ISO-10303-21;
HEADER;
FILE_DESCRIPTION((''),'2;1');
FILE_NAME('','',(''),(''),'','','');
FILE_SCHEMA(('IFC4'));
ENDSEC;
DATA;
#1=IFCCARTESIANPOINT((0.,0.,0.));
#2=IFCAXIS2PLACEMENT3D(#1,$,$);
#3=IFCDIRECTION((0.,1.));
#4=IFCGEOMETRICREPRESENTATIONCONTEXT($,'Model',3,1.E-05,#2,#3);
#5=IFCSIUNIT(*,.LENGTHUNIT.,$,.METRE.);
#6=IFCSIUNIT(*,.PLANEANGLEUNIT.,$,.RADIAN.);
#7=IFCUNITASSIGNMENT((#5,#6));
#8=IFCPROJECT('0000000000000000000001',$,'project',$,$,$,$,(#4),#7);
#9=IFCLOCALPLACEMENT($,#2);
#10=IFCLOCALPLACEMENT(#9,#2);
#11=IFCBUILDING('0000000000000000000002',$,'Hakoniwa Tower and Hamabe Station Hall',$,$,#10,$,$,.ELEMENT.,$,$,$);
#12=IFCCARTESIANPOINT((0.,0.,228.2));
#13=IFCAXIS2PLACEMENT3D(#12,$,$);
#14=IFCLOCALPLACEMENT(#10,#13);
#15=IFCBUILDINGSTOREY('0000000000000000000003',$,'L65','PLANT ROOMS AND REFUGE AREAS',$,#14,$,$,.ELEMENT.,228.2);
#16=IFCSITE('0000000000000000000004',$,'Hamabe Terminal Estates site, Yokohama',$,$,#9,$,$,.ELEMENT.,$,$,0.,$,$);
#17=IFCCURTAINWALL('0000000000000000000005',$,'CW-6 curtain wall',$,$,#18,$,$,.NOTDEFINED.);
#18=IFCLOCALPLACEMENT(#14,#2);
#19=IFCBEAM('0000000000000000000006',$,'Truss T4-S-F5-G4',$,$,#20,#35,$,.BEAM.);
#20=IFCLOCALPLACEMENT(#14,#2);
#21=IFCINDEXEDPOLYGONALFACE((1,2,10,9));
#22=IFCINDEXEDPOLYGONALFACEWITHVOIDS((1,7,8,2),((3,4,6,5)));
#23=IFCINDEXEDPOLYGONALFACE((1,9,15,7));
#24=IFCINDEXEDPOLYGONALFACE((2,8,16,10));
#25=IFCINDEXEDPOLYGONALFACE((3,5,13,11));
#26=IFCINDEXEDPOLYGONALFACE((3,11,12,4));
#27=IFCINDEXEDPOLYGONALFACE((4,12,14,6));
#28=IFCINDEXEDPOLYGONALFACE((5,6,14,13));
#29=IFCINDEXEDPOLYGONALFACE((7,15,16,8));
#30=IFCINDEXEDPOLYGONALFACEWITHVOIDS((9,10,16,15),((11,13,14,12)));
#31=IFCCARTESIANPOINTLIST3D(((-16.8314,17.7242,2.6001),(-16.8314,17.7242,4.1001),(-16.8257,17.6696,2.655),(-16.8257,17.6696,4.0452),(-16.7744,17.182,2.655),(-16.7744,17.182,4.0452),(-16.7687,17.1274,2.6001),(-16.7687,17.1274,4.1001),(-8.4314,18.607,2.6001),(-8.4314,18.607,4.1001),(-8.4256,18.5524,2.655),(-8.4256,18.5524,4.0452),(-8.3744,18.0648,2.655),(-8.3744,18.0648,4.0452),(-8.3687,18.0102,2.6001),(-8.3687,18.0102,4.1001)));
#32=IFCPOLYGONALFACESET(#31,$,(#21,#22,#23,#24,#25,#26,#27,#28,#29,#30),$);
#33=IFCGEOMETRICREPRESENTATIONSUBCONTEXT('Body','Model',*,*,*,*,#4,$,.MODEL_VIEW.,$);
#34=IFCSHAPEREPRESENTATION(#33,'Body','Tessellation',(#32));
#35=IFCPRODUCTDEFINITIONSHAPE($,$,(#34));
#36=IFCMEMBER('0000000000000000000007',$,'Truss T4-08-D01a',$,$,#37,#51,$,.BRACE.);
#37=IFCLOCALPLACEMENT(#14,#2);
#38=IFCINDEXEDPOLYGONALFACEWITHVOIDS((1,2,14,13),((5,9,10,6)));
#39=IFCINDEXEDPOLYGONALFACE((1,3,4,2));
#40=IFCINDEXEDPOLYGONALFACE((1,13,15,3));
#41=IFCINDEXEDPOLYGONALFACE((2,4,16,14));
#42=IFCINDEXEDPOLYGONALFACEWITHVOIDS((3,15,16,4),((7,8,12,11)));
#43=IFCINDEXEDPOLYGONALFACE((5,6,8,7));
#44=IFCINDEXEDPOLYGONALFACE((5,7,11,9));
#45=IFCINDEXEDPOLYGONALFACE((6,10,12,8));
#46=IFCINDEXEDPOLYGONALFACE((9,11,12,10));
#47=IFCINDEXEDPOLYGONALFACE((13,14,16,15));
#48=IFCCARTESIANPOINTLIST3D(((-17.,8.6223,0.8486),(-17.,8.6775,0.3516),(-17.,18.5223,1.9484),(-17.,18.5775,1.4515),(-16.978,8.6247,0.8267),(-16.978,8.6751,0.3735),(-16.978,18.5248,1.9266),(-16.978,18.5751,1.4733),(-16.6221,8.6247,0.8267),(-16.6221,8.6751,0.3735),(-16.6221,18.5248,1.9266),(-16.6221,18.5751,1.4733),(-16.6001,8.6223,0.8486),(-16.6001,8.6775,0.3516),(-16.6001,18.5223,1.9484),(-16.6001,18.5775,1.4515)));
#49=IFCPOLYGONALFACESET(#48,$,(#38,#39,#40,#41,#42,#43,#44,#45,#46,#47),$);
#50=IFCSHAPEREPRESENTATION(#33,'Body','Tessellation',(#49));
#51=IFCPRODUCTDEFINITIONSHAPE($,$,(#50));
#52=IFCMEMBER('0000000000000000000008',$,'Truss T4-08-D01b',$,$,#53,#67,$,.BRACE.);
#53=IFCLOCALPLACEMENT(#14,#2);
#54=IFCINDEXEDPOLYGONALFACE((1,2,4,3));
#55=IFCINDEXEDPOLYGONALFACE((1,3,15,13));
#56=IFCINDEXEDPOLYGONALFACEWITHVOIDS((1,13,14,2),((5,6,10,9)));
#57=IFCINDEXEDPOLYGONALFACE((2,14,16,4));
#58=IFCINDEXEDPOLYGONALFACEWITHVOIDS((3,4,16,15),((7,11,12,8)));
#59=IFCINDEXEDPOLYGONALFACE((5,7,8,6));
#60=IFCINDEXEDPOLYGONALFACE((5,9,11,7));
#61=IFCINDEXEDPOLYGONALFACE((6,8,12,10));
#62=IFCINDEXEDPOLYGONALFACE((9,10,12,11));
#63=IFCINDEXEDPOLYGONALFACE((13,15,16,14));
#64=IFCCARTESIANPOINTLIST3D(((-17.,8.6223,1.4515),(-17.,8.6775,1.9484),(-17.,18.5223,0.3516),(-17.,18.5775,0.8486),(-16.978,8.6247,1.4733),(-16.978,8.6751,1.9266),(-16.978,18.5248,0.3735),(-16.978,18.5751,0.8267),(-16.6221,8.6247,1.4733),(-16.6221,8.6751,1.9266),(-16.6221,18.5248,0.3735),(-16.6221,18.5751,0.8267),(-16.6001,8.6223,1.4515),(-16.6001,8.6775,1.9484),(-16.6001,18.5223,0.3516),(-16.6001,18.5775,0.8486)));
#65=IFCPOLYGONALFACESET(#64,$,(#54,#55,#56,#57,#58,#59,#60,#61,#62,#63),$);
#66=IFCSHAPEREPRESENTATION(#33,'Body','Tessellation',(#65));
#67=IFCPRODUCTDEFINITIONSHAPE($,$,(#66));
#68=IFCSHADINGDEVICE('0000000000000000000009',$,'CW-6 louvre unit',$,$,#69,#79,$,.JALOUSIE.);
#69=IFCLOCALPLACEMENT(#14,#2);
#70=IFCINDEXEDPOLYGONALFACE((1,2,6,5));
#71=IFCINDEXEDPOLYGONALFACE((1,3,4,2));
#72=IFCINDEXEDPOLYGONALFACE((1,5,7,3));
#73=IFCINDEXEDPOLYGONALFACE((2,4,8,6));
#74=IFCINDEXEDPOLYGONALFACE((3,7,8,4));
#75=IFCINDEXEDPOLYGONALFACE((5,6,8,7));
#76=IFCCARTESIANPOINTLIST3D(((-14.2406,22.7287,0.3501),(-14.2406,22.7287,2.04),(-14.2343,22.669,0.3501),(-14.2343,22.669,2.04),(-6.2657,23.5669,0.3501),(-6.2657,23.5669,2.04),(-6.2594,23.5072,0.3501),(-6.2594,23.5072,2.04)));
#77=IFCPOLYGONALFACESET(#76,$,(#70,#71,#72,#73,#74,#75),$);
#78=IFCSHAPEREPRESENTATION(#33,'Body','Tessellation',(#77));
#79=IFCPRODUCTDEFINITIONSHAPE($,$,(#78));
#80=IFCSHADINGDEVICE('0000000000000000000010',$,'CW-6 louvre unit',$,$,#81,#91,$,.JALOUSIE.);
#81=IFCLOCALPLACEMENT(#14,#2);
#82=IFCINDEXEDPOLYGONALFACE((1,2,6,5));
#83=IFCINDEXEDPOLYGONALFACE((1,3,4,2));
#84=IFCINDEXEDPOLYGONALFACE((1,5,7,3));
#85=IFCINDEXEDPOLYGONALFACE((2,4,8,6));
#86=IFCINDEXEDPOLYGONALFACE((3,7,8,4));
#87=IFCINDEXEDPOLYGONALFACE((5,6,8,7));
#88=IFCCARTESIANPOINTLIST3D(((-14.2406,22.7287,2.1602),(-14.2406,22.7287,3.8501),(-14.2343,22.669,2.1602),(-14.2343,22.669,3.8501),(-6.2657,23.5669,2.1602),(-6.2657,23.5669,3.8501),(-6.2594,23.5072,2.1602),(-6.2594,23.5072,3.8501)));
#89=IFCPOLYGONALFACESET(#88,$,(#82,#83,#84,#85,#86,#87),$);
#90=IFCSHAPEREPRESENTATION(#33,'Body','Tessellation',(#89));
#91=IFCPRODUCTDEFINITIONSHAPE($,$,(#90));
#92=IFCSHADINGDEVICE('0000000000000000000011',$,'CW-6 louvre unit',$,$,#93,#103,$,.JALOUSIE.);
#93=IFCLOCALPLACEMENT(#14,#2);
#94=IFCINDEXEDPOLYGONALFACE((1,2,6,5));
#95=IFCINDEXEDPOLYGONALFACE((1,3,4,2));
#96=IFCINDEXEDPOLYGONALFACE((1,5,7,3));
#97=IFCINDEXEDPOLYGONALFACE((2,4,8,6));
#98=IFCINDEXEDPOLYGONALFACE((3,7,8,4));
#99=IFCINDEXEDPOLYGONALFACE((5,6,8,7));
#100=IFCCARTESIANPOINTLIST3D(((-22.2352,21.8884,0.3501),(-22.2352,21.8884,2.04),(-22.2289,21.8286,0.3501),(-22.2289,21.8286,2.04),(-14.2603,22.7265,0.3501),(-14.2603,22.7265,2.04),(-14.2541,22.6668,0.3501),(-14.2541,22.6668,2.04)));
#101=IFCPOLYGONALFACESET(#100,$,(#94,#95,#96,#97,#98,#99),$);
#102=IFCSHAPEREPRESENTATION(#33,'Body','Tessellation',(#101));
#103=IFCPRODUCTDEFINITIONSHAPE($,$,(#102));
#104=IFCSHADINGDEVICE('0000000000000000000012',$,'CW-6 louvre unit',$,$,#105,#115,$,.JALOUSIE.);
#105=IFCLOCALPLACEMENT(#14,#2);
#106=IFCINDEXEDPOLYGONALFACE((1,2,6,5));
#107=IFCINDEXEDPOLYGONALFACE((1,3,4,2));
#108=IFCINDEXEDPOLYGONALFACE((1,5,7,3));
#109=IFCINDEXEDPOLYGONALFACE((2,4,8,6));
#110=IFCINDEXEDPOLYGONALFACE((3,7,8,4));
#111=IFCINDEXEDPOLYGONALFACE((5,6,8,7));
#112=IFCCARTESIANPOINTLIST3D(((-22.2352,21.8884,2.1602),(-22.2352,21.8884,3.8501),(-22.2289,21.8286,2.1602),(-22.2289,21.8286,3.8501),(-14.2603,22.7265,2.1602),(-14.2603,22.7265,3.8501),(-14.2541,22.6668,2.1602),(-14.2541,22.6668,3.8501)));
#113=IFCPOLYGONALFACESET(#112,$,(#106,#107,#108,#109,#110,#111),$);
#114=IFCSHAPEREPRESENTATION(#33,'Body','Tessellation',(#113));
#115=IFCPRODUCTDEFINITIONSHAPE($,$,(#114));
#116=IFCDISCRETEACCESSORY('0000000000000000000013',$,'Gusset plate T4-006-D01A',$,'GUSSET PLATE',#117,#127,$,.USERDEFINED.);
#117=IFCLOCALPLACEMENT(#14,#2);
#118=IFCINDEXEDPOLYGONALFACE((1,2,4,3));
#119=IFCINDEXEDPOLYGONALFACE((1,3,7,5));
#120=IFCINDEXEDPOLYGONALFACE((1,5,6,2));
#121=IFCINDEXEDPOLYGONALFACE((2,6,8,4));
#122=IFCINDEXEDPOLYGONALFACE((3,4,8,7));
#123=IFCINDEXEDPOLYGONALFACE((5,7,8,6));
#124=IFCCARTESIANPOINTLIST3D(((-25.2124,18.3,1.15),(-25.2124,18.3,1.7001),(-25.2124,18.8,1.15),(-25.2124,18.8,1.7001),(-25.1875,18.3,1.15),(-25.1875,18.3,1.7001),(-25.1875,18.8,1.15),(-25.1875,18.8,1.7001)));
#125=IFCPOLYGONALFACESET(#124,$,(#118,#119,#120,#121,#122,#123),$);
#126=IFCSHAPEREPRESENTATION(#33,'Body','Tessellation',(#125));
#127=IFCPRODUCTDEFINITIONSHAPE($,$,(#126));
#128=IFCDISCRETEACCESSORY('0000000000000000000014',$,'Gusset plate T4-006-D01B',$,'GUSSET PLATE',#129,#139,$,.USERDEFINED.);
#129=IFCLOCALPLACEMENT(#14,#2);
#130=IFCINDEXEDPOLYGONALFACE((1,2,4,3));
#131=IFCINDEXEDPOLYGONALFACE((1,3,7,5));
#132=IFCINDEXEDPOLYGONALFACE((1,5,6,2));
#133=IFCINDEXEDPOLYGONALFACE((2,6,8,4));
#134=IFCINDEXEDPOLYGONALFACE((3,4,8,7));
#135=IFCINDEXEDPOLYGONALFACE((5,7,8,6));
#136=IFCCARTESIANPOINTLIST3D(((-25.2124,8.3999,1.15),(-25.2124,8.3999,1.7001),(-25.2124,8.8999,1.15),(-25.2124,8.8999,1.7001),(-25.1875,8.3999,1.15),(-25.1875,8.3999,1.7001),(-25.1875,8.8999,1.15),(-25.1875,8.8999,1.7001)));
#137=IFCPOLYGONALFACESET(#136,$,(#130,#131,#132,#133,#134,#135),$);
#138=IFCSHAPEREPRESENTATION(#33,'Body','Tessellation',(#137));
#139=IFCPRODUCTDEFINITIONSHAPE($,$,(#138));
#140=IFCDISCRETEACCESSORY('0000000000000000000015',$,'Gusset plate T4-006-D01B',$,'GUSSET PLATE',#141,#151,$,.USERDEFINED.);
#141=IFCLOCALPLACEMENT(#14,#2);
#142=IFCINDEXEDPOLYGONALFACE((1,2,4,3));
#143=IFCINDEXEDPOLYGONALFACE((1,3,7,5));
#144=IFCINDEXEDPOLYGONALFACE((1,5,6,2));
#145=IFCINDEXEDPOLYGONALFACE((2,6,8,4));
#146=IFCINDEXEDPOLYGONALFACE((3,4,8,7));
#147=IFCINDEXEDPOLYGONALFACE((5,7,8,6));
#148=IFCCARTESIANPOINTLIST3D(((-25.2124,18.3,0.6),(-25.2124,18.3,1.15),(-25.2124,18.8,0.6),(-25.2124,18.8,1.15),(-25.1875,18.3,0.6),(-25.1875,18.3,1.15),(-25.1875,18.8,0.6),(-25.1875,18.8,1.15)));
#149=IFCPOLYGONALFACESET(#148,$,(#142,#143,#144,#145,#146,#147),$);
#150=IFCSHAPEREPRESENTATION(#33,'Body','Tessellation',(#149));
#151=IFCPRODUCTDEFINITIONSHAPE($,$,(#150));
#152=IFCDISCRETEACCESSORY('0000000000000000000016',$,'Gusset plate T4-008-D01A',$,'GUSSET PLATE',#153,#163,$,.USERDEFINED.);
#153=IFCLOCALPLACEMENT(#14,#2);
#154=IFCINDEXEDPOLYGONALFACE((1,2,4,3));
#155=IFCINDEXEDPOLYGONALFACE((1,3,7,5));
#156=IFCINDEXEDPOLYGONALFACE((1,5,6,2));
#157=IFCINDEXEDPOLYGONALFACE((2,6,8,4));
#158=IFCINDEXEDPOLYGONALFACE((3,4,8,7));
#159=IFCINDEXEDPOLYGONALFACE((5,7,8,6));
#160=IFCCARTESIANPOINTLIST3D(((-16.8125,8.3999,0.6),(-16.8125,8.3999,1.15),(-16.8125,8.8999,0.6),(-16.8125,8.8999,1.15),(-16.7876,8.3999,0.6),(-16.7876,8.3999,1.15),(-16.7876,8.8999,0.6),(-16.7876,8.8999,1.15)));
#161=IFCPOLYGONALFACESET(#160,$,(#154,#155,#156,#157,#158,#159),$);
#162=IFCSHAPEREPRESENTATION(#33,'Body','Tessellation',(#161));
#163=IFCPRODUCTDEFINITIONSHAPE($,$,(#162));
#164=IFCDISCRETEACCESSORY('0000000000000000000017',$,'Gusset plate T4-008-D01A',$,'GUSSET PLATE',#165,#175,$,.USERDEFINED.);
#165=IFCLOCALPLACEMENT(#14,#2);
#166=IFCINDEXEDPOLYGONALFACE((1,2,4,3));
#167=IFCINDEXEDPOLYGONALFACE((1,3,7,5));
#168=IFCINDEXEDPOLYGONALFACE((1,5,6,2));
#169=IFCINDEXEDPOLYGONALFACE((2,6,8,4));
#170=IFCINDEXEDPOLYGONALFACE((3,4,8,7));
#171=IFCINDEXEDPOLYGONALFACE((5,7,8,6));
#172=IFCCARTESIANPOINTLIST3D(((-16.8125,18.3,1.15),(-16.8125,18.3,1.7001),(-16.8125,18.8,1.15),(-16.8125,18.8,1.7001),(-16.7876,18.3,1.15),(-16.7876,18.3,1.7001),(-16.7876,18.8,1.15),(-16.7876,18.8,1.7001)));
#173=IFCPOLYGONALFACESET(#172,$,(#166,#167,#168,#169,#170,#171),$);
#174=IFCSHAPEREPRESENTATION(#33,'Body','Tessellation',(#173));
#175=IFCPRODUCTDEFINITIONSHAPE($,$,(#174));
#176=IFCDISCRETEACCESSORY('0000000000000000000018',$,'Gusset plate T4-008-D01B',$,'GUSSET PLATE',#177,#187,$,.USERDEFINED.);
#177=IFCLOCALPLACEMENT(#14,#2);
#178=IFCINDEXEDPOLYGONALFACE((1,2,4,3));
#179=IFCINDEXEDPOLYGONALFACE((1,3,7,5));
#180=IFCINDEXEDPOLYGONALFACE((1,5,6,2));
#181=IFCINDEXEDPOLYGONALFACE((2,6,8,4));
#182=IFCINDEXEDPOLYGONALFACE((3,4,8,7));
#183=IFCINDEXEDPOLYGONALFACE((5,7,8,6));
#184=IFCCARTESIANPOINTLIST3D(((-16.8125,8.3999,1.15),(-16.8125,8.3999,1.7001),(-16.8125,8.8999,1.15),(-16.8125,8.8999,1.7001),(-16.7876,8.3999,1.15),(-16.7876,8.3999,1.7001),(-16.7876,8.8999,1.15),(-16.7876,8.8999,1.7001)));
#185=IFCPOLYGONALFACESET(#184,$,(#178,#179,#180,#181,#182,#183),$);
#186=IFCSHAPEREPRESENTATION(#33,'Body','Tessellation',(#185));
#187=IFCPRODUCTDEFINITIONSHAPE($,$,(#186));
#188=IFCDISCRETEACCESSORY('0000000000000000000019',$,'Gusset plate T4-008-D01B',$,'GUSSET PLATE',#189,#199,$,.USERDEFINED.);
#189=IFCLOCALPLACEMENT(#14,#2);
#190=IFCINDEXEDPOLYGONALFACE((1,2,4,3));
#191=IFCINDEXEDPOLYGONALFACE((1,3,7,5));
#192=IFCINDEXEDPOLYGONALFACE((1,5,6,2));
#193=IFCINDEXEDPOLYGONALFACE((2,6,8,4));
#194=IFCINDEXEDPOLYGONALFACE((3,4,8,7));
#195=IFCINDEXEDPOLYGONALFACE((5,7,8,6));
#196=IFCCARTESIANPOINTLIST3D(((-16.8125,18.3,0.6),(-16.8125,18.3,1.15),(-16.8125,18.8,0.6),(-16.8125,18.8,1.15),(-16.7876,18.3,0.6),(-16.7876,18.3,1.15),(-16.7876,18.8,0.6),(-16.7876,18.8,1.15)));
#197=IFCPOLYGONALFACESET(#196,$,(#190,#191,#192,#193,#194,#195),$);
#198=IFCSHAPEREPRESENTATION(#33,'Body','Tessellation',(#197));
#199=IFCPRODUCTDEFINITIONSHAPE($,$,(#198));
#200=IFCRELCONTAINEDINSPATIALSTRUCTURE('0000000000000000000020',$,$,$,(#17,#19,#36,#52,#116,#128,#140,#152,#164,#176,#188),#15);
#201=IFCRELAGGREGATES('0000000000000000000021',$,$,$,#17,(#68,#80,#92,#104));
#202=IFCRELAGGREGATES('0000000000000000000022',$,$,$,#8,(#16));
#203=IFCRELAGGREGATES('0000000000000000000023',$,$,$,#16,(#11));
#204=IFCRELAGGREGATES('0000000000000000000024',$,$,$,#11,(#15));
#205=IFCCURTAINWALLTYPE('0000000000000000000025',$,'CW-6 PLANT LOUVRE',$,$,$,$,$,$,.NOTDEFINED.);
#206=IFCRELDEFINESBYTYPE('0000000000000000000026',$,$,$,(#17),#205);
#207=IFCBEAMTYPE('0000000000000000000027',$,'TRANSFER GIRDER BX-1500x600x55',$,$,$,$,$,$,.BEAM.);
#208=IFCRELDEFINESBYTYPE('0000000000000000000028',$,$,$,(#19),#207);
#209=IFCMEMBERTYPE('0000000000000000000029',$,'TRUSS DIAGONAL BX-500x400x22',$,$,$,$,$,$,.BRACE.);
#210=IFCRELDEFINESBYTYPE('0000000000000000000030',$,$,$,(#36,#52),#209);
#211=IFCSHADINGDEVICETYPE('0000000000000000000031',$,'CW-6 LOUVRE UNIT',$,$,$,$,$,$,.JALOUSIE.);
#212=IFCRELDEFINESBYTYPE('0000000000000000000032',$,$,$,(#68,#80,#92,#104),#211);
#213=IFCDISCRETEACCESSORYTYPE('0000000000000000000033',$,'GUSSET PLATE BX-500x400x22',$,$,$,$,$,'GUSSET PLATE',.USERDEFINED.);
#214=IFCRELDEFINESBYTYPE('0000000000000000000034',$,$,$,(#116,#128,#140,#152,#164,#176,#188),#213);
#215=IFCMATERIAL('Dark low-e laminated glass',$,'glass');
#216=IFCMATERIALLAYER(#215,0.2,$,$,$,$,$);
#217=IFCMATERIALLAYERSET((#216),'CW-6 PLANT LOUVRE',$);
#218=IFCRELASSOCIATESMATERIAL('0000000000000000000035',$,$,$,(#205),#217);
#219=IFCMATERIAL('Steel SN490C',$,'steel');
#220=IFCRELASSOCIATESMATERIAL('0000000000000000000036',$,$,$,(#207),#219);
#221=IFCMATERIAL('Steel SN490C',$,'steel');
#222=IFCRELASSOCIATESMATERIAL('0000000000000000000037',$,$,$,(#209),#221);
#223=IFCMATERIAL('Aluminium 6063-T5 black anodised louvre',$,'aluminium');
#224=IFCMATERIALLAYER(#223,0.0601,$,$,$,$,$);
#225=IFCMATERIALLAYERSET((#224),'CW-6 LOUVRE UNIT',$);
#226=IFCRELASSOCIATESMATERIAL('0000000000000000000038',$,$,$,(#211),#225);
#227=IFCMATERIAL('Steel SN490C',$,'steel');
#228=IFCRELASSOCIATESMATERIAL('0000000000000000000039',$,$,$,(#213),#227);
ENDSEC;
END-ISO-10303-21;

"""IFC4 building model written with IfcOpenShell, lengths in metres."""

from ifc_helpers import new_model, si_unit, direction, frame, origin, origin_2d, place, context, subcontext, project, spatial, rectangle, hollow_rectangle, extrude, material, layer, layer_set, material_profile, profile_set, type_object, element, aggregate, save


model = new_model("IFC4")

# Units and contexts
model_context = context("Model", 3, precision=1e-05, world=origin(), true_north=direction((0.0, 1.0)))
body_context = subcontext(model_context, "Body", "Model", "MODEL_VIEW")
ifc_project = project(units=[si_unit("LENGTHUNIT", "METRE"), si_unit("PLANEANGLEUNIT", "RADIAN")], contexts=[model_context])

# Site, building, storey
site_placement = place(None, origin())
site = spatial("IfcSite", under=ifc_project, at=site_placement, Name="Hamabe Terminal Estates site, Yokohama", CompositionType="ELEMENT", RefElevation=0.0)
building_placement = place(site_placement, origin())
building = spatial("IfcBuilding", under=site, at=building_placement, Name="Hakoniwa Tower and Hamabe Station Hall", CompositionType="ELEMENT")
storey_placement = place(building_placement, frame((0.0, 0.0, 228.2)))
storey = spatial("IfcBuildingStorey", under=building, at=storey_placement, Name="L65", Description="PLANT ROOMS AND REFUGE AREAS", CompositionType="ELEMENT", Elevation=228.2)

# Curtain wall
ifc_material_1 = material(Name="Dark low-e laminated glass", Category="glass")
ifc_layer_1 = layer(ifc_material_1, 0.2)
ifc_layer_set_1 = layer_set([ifc_layer_1], Name="CW-6 PLANT LOUVRE")
curtain_wall_type = type_object("IfcCurtainWallType", Name="CW-6 PLANT LOUVRE", PredefinedType="NOTDEFINED", material=ifc_layer_set_1)
curtain_wall_placement = place(storey_placement, origin())
curtain_wall = element("IfcCurtainWall", 1, at=curtain_wall_placement, inside=storey, type_object=curtain_wall_type, Name="CW-6 curtain wall", PredefinedType="NOTDEFINED")

# Beam
ifc_material_2 = material(Name="Steel SN490C", Category="steel")
ifc_material_profile_1 = material_profile(ifc_material_2, hollow_rectangle(XDim=0.6001, YDim=1.5, WallThickness=0.0549, at=origin_2d()), Name="BX-1500x600x55")
ifc_profile_set_1 = profile_set([ifc_material_profile_1], Name="Steel SN490C")
beam_type = type_object("IfcBeamType", Name="TRANSFER GIRDER BX-1500x600x55", PredefinedType="BEAM", material=ifc_profile_set_1)
beam_1_placement = place(storey_placement, frame((-16.8, 17.4258, 3.3501), z_axis=(0.994523, 0.104519, 0.0), x_axis=(-0.104519, 0.994523, 0.0)))
element("IfcBeam", 2, at=beam_1_placement, inside=storey, type_object=beam_type, Name="Truss T4-S-F5-G4", PredefinedType="BEAM", context=body_context, shape_type="SweptSolid", body=[
    extrude(hollow_rectangle(XDim=0.6001, YDim=1.5, WallThickness=0.0549, at=origin_2d()), origin(), (0.0, 0.0, 1.0), 8.4463),
])

# Members
ifc_material_3 = material(Name="Steel SN490C", Category="steel")
ifc_material_profile_2 = material_profile(ifc_material_3, hollow_rectangle(XDim=0.3999, YDim=0.5, WallThickness=0.022, at=origin_2d()), Name="BX-500x400x22")
ifc_profile_set_2 = profile_set([ifc_material_profile_2], Name="Steel SN490C")
member_type_1 = type_object("IfcMemberType", Name="TRUSS DIAGONAL BX-500x400x22", PredefinedType="BRACE", material=ifc_profile_set_2)
for number, where, z_axis, x_axis, name in (
    (3, (-16.8, 8.6499, 0.6001), (0.0, 0.993886, 0.110415), (-1.0, 0.0, 0.0), "Truss T4-08-D01a"),
    (4, (-16.8, 8.6499, 1.7), (0.0, 0.993886, -0.110415), (-1.0, 0.0, 0.0), "Truss T4-08-D01b"),
):
    element("IfcMember", number, at=place(storey_placement, frame(where, z_axis=z_axis, x_axis=x_axis)), inside=storey, type_object=member_type_1, Name=name, PredefinedType="BRACE", context=body_context, shape_type="SweptSolid", body=[
        extrude(hollow_rectangle(XDim=0.3999, YDim=0.5, WallThickness=0.022, at=origin_2d()), origin(), (0.0, 0.0, 1.0), 9.9609),
    ])

# Shading devices
ifc_material_4 = material(Name="Aluminium 6063-T5 black anodised louvre", Category="aluminium")
ifc_layer_2 = layer(ifc_material_4, 0.0601)
ifc_layer_set_2 = layer_set([ifc_layer_2], Name="CW-6 LOUVRE UNIT")
shading_device_type = type_object("IfcShadingDeviceType", Name="CW-6 LOUVRE UNIT", PredefinedType="JALOUSIE", material=ifc_layer_set_2)
shading_device_1_placement = place(storey_placement, frame((-10.25, 23.1179, 0.3501), z_axis=(0.0, 0.0, 1.0), x_axis=(-0.994522, -0.104528, 0.0)))
shading_device_1 = element("IfcShadingDevice", 5, at=shading_device_1_placement, type_object=shading_device_type, Name="CW-6 louvre unit", PredefinedType="JALOUSIE", context=body_context, shape_type="SweptSolid", body=[
    extrude(rectangle(XDim=8.0188, YDim=0.0601, at=origin_2d()), origin(), (0.0, 0.0, 1.0), 1.6899),
])
shading_device_2_placement = place(storey_placement, frame((-10.25, 23.1179, 2.1602), z_axis=(0.0, 0.0, 1.0), x_axis=(-0.994522, -0.104528, 0.0)))
shading_device_2 = element("IfcShadingDevice", 6, at=shading_device_2_placement, type_object=shading_device_type, Name="CW-6 louvre unit", PredefinedType="JALOUSIE", context=body_context, shape_type="SweptSolid", body=[
    extrude(rectangle(XDim=8.0188, YDim=0.0601, at=origin_2d()), origin(), (0.0, 0.0, 1.0), 1.6899),
])
shading_device_3_placement = place(storey_placement, frame((-18.2446, 22.2776, 0.3501), z_axis=(0.0, 0.0, 1.0), x_axis=(-0.994522, -0.104528, 0.0)))
shading_device_3 = element("IfcShadingDevice", 7, at=shading_device_3_placement, type_object=shading_device_type, Name="CW-6 louvre unit", PredefinedType="JALOUSIE", context=body_context, shape_type="SweptSolid", body=[
    extrude(rectangle(XDim=8.0188, YDim=0.0601, at=origin_2d()), origin(), (0.0, 0.0, 1.0), 1.6899),
])
shading_device_4_placement = place(storey_placement, frame((-18.2446, 22.2776, 2.1602), z_axis=(0.0, 0.0, 1.0), x_axis=(-0.994522, -0.104528, 0.0)))
shading_device_4 = element("IfcShadingDevice", 8, at=shading_device_4_placement, type_object=shading_device_type, Name="CW-6 louvre unit", PredefinedType="JALOUSIE", context=body_context, shape_type="SweptSolid", body=[
    extrude(rectangle(XDim=8.0188, YDim=0.0601, at=origin_2d()), origin(), (0.0, 0.0, 1.0), 1.6899),
])
aggregate(curtain_wall, [shading_device_1, shading_device_2, shading_device_3, shading_device_4])

# Discrete accessories
ifc_material_5 = material(Name="Steel SN490C", Category="steel")
ifc_material_profile_3 = material_profile(ifc_material_5, rectangle(XDim=0.5, YDim=0.55, at=origin_2d()), Name="GUSSET PLATE BX-500x400x22")
ifc_profile_set_3 = profile_set([ifc_material_profile_3], Name="Steel SN490C")
discrete_accessory_type = type_object("IfcDiscreteAccessoryType", Name="GUSSET PLATE BX-500x400x22", ElementType="GUSSET PLATE", PredefinedType="USERDEFINED", material=ifc_profile_set_3)
for number, where, z_axis, x_axis, name in (
    (9, (-25.1875, 18.55, 1.425), (-1.0, 0.0, 0.0), (0.0, -1.0, 0.0), "Gusset plate T4-006-D01A"),
    (10, (-25.1875, 8.6499, 1.425), (-1.0, 0.0, 0.0), (0.0, -1.0, 0.0), "Gusset plate T4-006-D01B"),
    (11, (-25.1875, 18.55, 0.875), (-1.0, 0.0, 0.0), (0.0, -1.0, 0.0), "Gusset plate T4-006-D01B"),
    (12, (-16.7876, 8.6499, 0.875), (-1.0, 0.0, 0.0), (0.0, -1.0, 0.0), "Gusset plate T4-008-D01A"),
    (13, (-16.7876, 18.55, 1.425), (-1.0, 0.0, 0.0), (0.0, -1.0, 0.0), "Gusset plate T4-008-D01A"),
    (14, (-16.7876, 8.6499, 1.425), (-1.0, 0.0, 0.0), (0.0, -1.0, 0.0), "Gusset plate T4-008-D01B"),
    (15, (-16.7876, 18.55, 0.875), (-1.0, 0.0, 0.0), (0.0, -1.0, 0.0), "Gusset plate T4-008-D01B"),
):
    element("IfcDiscreteAccessory", number, at=place(storey_placement, frame(where, z_axis=z_axis, x_axis=x_axis)), inside=storey, type_object=discrete_accessory_type, Name=name, ObjectType="GUSSET PLATE", PredefinedType="USERDEFINED", context=body_context, shape_type="SweptSolid", body=[
        extrude(rectangle(XDim=0.5, YDim=0.55, at=origin_2d()), origin(), (0.0, 0.0, 1.0), 0.0249),
    ])

save(model, "model.ifc")
